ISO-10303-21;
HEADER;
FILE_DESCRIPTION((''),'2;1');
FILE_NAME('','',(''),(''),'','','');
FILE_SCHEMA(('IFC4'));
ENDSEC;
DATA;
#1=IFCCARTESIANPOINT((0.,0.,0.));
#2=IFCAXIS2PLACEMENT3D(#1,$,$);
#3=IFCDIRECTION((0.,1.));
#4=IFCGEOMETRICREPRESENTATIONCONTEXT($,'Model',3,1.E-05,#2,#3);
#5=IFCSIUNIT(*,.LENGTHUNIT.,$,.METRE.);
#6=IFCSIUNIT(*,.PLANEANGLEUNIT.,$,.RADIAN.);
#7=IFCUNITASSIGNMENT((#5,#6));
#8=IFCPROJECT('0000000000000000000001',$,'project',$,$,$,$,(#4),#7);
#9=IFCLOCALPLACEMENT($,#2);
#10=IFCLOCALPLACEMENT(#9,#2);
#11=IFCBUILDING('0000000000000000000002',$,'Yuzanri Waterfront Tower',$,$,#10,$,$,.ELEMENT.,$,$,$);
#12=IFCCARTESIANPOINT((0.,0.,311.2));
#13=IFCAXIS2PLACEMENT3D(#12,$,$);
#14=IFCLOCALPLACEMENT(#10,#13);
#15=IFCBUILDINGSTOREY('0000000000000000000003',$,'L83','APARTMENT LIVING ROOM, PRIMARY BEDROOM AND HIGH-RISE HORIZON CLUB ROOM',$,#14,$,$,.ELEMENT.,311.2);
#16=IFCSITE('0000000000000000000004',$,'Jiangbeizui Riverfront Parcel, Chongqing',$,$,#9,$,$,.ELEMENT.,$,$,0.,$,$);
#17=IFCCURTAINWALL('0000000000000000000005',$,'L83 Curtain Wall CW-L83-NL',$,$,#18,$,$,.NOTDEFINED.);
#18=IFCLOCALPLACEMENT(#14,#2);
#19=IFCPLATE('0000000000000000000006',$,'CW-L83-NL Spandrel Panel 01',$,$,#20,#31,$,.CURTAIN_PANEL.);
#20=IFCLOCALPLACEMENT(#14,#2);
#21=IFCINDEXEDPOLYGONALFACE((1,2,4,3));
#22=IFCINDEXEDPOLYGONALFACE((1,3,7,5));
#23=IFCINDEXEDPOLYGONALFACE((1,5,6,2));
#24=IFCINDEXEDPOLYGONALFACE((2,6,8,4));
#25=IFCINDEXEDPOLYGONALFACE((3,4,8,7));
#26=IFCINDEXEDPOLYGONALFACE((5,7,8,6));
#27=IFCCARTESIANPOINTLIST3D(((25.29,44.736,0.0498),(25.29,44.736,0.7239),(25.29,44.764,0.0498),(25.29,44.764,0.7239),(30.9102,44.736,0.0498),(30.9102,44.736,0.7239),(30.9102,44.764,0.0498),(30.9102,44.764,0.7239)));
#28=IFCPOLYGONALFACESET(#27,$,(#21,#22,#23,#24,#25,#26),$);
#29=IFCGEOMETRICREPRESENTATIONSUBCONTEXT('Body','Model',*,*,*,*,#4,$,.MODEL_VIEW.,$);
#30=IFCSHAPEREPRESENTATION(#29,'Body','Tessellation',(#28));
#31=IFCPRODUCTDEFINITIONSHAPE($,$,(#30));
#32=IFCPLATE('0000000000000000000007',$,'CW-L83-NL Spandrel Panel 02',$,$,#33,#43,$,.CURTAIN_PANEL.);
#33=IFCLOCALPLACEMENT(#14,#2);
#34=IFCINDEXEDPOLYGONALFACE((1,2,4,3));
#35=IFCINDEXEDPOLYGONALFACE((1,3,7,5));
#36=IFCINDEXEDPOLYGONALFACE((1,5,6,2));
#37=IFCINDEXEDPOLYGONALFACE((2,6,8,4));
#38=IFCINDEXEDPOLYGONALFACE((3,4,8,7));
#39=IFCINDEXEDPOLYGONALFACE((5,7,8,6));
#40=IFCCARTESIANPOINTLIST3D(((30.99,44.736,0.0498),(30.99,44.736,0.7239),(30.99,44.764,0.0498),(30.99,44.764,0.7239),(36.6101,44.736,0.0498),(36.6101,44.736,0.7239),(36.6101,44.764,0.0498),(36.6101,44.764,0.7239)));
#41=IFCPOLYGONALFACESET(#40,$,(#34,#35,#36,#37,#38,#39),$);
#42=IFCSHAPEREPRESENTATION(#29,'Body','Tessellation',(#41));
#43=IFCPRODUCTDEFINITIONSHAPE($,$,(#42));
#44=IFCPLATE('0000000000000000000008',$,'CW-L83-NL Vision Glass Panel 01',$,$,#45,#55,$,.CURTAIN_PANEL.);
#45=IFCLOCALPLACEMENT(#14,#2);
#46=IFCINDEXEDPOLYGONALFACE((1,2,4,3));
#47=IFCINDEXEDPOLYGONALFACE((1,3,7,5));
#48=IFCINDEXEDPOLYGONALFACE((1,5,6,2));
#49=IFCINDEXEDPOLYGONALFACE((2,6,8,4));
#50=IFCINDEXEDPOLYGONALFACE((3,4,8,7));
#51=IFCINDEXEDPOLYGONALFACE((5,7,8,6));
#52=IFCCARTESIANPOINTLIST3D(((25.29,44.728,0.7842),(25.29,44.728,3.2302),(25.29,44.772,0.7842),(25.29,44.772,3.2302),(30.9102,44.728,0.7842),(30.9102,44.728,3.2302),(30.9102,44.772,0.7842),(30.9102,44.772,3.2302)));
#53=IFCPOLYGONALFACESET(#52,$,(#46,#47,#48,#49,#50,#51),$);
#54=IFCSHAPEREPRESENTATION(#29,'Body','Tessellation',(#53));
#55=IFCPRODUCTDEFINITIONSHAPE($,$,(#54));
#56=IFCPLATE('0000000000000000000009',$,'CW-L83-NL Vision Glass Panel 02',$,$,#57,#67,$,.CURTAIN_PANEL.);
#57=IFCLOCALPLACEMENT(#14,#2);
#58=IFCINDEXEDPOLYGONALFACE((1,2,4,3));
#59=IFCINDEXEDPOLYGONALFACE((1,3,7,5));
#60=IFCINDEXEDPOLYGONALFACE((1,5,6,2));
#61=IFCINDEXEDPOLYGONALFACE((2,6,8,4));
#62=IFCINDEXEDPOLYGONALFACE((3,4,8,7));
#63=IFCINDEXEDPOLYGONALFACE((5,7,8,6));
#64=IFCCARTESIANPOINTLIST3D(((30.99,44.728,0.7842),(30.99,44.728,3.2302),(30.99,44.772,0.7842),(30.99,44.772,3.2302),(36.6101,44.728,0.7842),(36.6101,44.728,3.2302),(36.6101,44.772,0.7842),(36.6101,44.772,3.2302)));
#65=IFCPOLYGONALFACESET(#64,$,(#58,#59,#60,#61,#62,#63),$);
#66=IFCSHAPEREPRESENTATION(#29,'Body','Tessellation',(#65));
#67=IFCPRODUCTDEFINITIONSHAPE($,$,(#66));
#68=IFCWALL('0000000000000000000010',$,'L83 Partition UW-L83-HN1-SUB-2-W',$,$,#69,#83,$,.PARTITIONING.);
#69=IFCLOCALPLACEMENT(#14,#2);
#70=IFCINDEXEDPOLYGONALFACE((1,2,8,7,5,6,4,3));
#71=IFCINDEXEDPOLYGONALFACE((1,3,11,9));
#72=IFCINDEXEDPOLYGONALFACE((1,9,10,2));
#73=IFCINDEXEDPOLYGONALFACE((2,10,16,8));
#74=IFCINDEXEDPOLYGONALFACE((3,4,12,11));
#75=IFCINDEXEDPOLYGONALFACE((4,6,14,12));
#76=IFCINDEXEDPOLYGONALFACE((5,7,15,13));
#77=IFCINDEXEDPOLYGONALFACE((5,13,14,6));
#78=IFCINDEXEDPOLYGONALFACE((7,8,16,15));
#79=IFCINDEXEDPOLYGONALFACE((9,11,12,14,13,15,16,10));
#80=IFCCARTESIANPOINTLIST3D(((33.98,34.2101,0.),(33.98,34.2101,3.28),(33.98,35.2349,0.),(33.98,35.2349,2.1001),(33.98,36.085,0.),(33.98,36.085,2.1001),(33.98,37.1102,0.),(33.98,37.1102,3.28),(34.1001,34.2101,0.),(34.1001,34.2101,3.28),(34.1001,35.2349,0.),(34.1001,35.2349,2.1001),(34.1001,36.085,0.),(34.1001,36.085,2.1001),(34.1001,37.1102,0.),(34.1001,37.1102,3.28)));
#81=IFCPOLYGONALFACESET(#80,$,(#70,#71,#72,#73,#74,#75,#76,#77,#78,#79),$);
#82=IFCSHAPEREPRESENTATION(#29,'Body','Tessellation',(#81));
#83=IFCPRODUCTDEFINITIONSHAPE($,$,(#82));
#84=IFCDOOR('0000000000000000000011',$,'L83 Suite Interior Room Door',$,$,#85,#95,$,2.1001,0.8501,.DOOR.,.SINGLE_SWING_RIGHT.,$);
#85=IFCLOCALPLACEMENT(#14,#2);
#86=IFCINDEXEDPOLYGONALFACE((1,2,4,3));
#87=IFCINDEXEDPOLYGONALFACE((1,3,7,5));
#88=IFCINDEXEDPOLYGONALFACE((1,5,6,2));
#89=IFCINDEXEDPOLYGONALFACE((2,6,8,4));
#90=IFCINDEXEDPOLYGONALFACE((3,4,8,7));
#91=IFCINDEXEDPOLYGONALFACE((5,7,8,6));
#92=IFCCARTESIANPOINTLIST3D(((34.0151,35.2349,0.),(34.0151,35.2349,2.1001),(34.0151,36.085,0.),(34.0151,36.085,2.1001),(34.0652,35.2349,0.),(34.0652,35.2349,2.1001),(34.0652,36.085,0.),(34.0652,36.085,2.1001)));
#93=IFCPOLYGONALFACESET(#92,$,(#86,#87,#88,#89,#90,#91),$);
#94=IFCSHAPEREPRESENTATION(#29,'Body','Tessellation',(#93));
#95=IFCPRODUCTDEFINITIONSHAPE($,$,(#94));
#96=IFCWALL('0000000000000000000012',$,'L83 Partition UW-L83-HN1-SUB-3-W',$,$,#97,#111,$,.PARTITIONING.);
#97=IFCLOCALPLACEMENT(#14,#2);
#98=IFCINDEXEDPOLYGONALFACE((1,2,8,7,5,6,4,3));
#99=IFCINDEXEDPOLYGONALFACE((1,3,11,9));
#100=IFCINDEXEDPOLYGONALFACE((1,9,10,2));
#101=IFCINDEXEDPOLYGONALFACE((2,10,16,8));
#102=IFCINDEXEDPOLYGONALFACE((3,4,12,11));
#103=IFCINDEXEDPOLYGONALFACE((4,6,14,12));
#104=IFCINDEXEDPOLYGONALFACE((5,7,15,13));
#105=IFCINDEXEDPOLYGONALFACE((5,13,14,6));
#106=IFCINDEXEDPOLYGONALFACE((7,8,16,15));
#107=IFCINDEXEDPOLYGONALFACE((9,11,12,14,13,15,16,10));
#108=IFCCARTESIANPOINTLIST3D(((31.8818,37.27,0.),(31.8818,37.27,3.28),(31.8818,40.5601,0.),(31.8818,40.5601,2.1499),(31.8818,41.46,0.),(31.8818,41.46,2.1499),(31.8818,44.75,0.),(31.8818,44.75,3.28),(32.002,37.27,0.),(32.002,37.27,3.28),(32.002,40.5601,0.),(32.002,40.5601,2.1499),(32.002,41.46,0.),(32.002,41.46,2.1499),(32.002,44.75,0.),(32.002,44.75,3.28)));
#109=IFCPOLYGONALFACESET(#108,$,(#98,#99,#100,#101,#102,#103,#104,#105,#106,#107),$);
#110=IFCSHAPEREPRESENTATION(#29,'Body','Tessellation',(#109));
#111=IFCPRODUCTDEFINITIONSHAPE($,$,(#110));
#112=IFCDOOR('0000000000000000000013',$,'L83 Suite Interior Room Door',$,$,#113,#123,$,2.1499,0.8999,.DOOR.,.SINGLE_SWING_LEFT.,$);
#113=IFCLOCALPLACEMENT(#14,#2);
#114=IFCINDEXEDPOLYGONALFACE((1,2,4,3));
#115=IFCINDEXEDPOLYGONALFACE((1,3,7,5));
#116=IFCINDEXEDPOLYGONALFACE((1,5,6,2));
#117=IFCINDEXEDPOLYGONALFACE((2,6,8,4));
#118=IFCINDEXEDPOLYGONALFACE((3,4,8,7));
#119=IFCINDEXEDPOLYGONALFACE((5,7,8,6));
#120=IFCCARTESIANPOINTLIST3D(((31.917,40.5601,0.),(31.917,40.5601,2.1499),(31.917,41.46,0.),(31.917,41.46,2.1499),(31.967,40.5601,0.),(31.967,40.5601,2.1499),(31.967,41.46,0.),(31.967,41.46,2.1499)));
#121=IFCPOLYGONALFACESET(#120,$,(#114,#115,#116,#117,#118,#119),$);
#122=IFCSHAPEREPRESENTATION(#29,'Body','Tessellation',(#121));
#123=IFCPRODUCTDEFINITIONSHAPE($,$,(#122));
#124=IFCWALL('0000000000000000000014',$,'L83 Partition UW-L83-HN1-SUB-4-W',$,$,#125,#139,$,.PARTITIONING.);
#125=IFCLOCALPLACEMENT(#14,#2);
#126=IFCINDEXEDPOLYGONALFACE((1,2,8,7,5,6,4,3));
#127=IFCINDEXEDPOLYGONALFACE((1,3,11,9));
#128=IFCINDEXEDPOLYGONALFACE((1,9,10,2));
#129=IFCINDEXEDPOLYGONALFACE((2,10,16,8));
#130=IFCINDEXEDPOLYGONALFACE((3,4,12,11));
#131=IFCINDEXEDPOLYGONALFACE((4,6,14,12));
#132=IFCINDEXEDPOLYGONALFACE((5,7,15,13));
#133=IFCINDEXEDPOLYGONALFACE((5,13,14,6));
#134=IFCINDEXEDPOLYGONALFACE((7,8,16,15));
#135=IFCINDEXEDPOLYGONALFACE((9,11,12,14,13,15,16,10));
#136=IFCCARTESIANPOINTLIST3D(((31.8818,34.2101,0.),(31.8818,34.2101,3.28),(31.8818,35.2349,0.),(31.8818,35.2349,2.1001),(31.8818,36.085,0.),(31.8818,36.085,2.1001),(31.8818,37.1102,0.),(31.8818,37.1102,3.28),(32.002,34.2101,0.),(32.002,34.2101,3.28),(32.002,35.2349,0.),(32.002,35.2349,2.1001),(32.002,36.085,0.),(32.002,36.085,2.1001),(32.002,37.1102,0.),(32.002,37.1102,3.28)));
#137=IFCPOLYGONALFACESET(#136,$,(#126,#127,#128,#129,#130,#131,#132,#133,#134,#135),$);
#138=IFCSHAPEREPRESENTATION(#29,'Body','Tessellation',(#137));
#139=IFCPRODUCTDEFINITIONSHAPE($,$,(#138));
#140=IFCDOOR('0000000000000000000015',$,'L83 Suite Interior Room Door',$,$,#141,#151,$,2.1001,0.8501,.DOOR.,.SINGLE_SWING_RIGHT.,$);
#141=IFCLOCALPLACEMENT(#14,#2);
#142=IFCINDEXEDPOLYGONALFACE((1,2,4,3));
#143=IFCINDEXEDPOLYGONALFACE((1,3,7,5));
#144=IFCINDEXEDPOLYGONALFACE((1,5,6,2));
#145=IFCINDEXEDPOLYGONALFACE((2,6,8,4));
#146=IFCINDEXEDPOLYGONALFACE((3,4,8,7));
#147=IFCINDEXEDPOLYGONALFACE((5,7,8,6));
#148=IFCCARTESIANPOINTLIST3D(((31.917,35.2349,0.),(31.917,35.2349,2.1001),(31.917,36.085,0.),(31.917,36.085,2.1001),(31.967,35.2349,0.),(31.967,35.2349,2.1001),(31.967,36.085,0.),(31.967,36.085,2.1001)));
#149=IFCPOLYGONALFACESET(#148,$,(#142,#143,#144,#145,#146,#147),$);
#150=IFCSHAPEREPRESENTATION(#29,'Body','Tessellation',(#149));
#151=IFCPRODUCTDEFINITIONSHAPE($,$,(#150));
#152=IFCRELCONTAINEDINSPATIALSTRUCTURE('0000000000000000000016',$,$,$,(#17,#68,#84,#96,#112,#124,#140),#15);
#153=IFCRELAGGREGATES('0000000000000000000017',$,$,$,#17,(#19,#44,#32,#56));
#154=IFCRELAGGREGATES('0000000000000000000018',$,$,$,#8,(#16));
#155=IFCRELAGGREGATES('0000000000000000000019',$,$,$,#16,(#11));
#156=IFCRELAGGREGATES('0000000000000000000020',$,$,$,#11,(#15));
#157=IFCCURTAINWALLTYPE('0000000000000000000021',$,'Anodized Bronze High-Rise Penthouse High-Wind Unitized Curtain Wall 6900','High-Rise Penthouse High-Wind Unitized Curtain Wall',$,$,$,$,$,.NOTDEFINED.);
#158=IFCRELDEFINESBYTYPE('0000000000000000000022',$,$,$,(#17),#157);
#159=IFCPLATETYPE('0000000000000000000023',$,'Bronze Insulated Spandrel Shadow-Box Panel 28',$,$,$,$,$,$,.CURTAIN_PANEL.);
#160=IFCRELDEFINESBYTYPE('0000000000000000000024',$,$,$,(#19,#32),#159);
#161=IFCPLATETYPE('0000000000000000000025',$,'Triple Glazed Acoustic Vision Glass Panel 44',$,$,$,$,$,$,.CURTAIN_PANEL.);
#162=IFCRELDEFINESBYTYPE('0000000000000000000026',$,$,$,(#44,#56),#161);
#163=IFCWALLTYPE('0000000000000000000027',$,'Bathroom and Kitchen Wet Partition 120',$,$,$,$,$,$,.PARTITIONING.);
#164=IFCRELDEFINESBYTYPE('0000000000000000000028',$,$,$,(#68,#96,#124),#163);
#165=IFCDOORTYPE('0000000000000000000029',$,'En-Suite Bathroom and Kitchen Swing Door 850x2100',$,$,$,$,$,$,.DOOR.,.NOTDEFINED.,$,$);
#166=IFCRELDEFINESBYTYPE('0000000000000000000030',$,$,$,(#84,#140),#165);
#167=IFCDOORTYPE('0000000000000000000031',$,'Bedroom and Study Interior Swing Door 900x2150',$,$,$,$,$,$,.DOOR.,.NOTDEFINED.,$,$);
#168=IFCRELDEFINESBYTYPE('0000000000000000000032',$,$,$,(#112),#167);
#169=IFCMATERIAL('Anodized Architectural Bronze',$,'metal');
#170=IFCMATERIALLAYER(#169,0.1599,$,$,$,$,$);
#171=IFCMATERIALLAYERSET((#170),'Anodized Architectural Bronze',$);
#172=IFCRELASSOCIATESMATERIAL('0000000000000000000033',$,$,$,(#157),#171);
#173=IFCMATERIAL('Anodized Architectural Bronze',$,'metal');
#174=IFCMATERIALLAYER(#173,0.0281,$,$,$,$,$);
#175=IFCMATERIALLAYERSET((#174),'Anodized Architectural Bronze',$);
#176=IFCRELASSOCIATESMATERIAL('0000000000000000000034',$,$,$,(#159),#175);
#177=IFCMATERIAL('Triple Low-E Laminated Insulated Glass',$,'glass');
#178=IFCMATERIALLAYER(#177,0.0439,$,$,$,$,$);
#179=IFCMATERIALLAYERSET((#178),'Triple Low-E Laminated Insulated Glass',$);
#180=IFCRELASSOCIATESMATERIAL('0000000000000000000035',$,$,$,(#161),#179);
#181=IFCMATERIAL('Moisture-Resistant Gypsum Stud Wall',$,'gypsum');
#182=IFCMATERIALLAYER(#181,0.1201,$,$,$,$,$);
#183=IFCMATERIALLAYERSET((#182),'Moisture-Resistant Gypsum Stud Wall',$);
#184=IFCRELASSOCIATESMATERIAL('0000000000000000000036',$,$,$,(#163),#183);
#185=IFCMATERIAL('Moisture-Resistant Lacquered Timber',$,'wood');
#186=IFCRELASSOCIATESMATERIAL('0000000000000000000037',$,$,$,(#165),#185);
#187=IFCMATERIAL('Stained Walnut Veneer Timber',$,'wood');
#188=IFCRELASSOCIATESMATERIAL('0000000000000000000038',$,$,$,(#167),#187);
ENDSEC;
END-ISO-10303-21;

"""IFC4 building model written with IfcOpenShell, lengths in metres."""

from ifc_helpers import new_model, si_unit, direction, frame, frame_2d, origin, origin_2d, place, context, subcontext, project, spatial, rectangle, extrude, source, transform, mapped, material, layer, layer_set, type_object, element, fill, aggregate, save


model = new_model("IFC4")

# Units and contexts
model_context = context("Model", 3, precision=1e-05, world=origin(), true_north=direction((0.0, 1.0)))
body_context = subcontext(model_context, "Body", "Model", "MODEL_VIEW")
ifc_project = project(units=[si_unit("LENGTHUNIT", "METRE"), si_unit("PLANEANGLEUNIT", "RADIAN")], contexts=[model_context])

# Site, building, storey
site_placement = place(None, origin())
site = spatial("IfcSite", under=ifc_project, at=site_placement, Name="Jiangbeizui Riverfront Parcel, Chongqing", CompositionType="ELEMENT", RefElevation=0.0)
building_placement = place(site_placement, origin())
building = spatial("IfcBuilding", under=site, at=building_placement, Name="Yuzanri Waterfront Tower", CompositionType="ELEMENT")
storey_placement = place(building_placement, frame((0.0, 0.0, 311.2)))
storey = spatial("IfcBuildingStorey", under=building, at=storey_placement, Name="L83", Description="APARTMENT LIVING ROOM, PRIMARY BEDROOM AND HIGH-RISE HORIZON CLUB ROOM", CompositionType="ELEMENT", Elevation=311.2)

# Curtain wall, plates
ifc_material_1 = material(Name="Anodized Architectural Bronze", Category="metal")
ifc_layer_1 = layer(ifc_material_1, 0.1599)
ifc_layer_set_1 = layer_set([ifc_layer_1], Name="Anodized Architectural Bronze")
curtain_wall_type = type_object("IfcCurtainWallType", Name="Anodized Bronze High-Rise Penthouse High-Wind Unitized Curtain Wall 6900", Description="High-Rise Penthouse High-Wind Unitized Curtain Wall", PredefinedType="NOTDEFINED", material=ifc_layer_set_1)
curtain_wall_placement = place(storey_placement, origin())
curtain_wall = element("IfcCurtainWall", 1, at=curtain_wall_placement, inside=storey, type_object=curtain_wall_type, Name="L83 Curtain Wall CW-L83-NL", PredefinedType="NOTDEFINED")
ifc_material_2 = material(Name="Anodized Architectural Bronze", Category="metal")
ifc_layer_2 = layer(ifc_material_2, 0.0281)
ifc_layer_set_2 = layer_set([ifc_layer_2], Name="Anodized Architectural Bronze")
plate_type_1 = type_object("IfcPlateType", Name="Bronze Insulated Spandrel Shadow-Box Panel 28", PredefinedType="CURTAIN_PANEL", material=ifc_layer_set_2)
shared_shape_1 = source(origin(), body_context, "Body", "SweptSolid", [
    extrude(rectangle(XDim=5.6201, YDim=0.0281, at=origin_2d()), origin(), (0.0, 0.0, 1.0), 0.6741),
])
plate_1_placement = place(storey_placement, frame((28.1001, 44.75, 0.0498), z_axis=(0.0, 0.0, 1.0), x_axis=(1.0, 0.0, 0.0)))
plate_1 = element("IfcPlate", 2, at=plate_1_placement, type_object=plate_type_1, Name="CW-L83-NL Spandrel Panel 01", PredefinedType="CURTAIN_PANEL", context=body_context, shape_type="MappedRepresentation", body=[
    mapped(shared_shape_1, transform((0.0, 0.0, 0.0), scale=1.0)),
])
plate_2_placement = place(storey_placement, frame((33.8, 44.75, 0.0498), z_axis=(0.0, 0.0, 1.0), x_axis=(1.0, 0.0, 0.0)))
plate_2 = element("IfcPlate", 3, at=plate_2_placement, type_object=plate_type_1, Name="CW-L83-NL Spandrel Panel 02", PredefinedType="CURTAIN_PANEL", context=body_context, shape_type="MappedRepresentation", body=[
    mapped(shared_shape_1, transform((0.0, 0.0, 0.0), scale=1.0)),
])
ifc_material_3 = material(Name="Triple Low-E Laminated Insulated Glass", Category="glass")
ifc_layer_3 = layer(ifc_material_3, 0.0439)
ifc_layer_set_3 = layer_set([ifc_layer_3], Name="Triple Low-E Laminated Insulated Glass")
plate_type_2 = type_object("IfcPlateType", Name="Triple Glazed Acoustic Vision Glass Panel 44", PredefinedType="CURTAIN_PANEL", material=ifc_layer_set_3)
shared_shape_2 = source(origin(), body_context, "Body", "SweptSolid", [
    extrude(rectangle(XDim=5.6201, YDim=0.0439, at=origin_2d()), origin(), (0.0, 0.0, 1.0), 2.446),
])
plate_3_placement = place(storey_placement, frame((28.1001, 44.75, 0.7842), z_axis=(0.0, 0.0, 1.0), x_axis=(1.0, 0.0, 0.0)))
plate_3 = element("IfcPlate", 4, at=plate_3_placement, type_object=plate_type_2, Name="CW-L83-NL Vision Glass Panel 01", PredefinedType="CURTAIN_PANEL", context=body_context, shape_type="MappedRepresentation", body=[
    mapped(shared_shape_2, transform((0.0, 0.0, 0.0), scale=1.0)),
])
plate_4_placement = place(storey_placement, frame((33.8, 44.75, 0.7842), z_axis=(0.0, 0.0, 1.0), x_axis=(1.0, 0.0, 0.0)))
plate_4 = element("IfcPlate", 5, at=plate_4_placement, type_object=plate_type_2, Name="CW-L83-NL Vision Glass Panel 02", PredefinedType="CURTAIN_PANEL", context=body_context, shape_type="MappedRepresentation", body=[
    mapped(shared_shape_2, transform((0.0, 0.0, 0.0), scale=1.0)),
])
aggregate(curtain_wall, [plate_1, plate_3, plate_2, plate_4])

# Walls, openings, doors
ifc_material_4 = material(Name="Moisture-Resistant Gypsum Stud Wall", Category="gypsum")
ifc_layer_4 = layer(ifc_material_4, 0.1201)
ifc_layer_set_4 = layer_set([ifc_layer_4], Name="Moisture-Resistant Gypsum Stud Wall")
wall_type = type_object("IfcWallType", Name="Bathroom and Kitchen Wet Partition 120", PredefinedType="PARTITIONING", material=ifc_layer_set_4)
wall_1_placement = place(storey_placement, frame((34.04, 34.21, 0.0), z_axis=(0.0, 0.0, 1.0), x_axis=(0.0, 1.0, 0.0)))
wall_1 = element("IfcWall", 6, at=wall_1_placement, inside=storey, type_object=wall_type, Name="L83 Partition UW-L83-HN1-SUB-2-W", PredefinedType="PARTITIONING", context=body_context, shape_type="SweptSolid", body=[
    extrude(rectangle(XDim=2.9001, YDim=0.1201, at=frame_2d((1.4502, 0.0))), origin(), (0.0, 0.0, 1.0), 3.28),
])
opening_1_placement = place(wall_1_placement, frame((1.0249, 0.0, 0.0)))
opening_1 = element("IfcOpeningElement", 7, at=opening_1_placement, cuts=wall_1, PredefinedType="OPENING", context=body_context, shape_type="SweptSolid", body=[
    extrude(rectangle(XDim=0.8501, YDim=2.1001, at=frame_2d((0.425, 1.05))), frame((0.0, 0.075, 0.0), z_axis=(0.0, -1.0, 0.0), x_axis=(1.0, 0.0, 0.0)), (0.0, 0.0, 1.0), 0.1499),
])
ifc_material_5 = material(Name="Moisture-Resistant Lacquered Timber", Category="wood")
door_type_1 = type_object("IfcDoorType", Name="En-Suite Bathroom and Kitchen Swing Door 850x2100", OperationType="NOTDEFINED", PredefinedType="DOOR", material=ifc_material_5)
shared_shape_3 = source(origin(), body_context, "Body", "SweptSolid", [
    extrude(rectangle(XDim=0.8501, YDim=2.1001, at=frame_2d((0.425, 1.05))), frame((0.0, 0.0249, 0.0), z_axis=(0.0, -1.0, 0.0), x_axis=(1.0, 0.0, 0.0)), (0.0, 0.0, 1.0), 0.05),
])
door_1_placement = place(opening_1_placement, origin())
door_1 = element("IfcDoor", 8, at=door_1_placement, inside=storey, type_object=door_type_1, Name="L83 Suite Interior Room Door", OperationType="SINGLE_SWING_RIGHT", OverallHeight=2.1001, OverallWidth=0.8501, PredefinedType="DOOR", context=body_context, shape_type="MappedRepresentation", body=[
    mapped(shared_shape_3, transform((0.0, 0.0, 0.0), scale=1.0)),
])
fill(opening_1, door_1)
wall_2_placement = place(storey_placement, frame((31.9419, 37.27, 0.0), z_axis=(0.0, 0.0, 1.0), x_axis=(0.0, 1.0, 0.0)))
wall_2 = element("IfcWall", 9, at=wall_2_placement, inside=storey, type_object=wall_type, Name="L83 Partition UW-L83-HN1-SUB-3-W", PredefinedType="PARTITIONING", context=body_context, shape_type="SweptSolid", body=[
    extrude(rectangle(XDim=7.48, YDim=0.1201, at=frame_2d((3.74, 0.0))), origin(), (0.0, 0.0, 1.0), 3.28),
])
opening_2_placement = place(wall_2_placement, frame((3.29, 0.0, 0.0)))
opening_2 = element("IfcOpeningElement", 10, at=opening_2_placement, cuts=wall_2, PredefinedType="OPENING", context=body_context, shape_type="SweptSolid", body=[
    extrude(rectangle(XDim=0.8999, YDim=2.1499, at=frame_2d((0.45, 1.075))), frame((0.0, 0.075, 0.0), z_axis=(0.0, -1.0, 0.0), x_axis=(1.0, 0.0, 0.0)), (0.0, 0.0, 1.0), 0.1499),
])
ifc_material_6 = material(Name="Stained Walnut Veneer Timber", Category="wood")
door_type_2 = type_object("IfcDoorType", Name="Bedroom and Study Interior Swing Door 900x2150", OperationType="NOTDEFINED", PredefinedType="DOOR", material=ifc_material_6)
shared_shape_4 = source(origin(), body_context, "Body", "SweptSolid", [
    extrude(rectangle(XDim=0.8999, YDim=2.1499, at=frame_2d((0.45, 1.075))), frame((0.0, 0.0249, 0.0), z_axis=(0.0, -1.0, 0.0), x_axis=(1.0, 0.0, 0.0)), (0.0, 0.0, 1.0), 0.05),
])
door_2_placement = place(opening_2_placement, origin())
door_2 = element("IfcDoor", 11, at=door_2_placement, inside=storey, type_object=door_type_2, Name="L83 Suite Interior Room Door", OperationType="SINGLE_SWING_LEFT", OverallHeight=2.1499, OverallWidth=0.8999, PredefinedType="DOOR", context=body_context, shape_type="MappedRepresentation", body=[
    mapped(shared_shape_4, transform((0.0, 0.0, 0.0), scale=1.0)),
])
fill(opening_2, door_2)
wall_3_placement = place(storey_placement, frame((31.9419, 34.21, 0.0), z_axis=(0.0, 0.0, 1.0), x_axis=(0.0, 1.0, 0.0)))
wall_3 = element("IfcWall", 12, at=wall_3_placement, inside=storey, type_object=wall_type, Name="L83 Partition UW-L83-HN1-SUB-4-W", PredefinedType="PARTITIONING", context=body_context, shape_type="SweptSolid", body=[
    extrude(rectangle(XDim=2.9001, YDim=0.1201, at=frame_2d((1.4502, 0.0))), origin(), (0.0, 0.0, 1.0), 3.28),
])
opening_3_placement = place(wall_3_placement, frame((1.0249, 0.0, 0.0)))
opening_3 = element("IfcOpeningElement", 13, at=opening_3_placement, cuts=wall_3, PredefinedType="OPENING", context=body_context, shape_type="SweptSolid", body=[
    extrude(rectangle(XDim=0.8501, YDim=2.1001, at=frame_2d((0.425, 1.05))), frame((0.0, 0.075, 0.0), z_axis=(0.0, -1.0, 0.0), x_axis=(1.0, 0.0, 0.0)), (0.0, 0.0, 1.0), 0.1499),
])
door_3_placement = place(opening_3_placement, origin())
door_3 = element("IfcDoor", 14, at=door_3_placement, inside=storey, type_object=door_type_1, Name="L83 Suite Interior Room Door", OperationType="SINGLE_SWING_RIGHT", OverallHeight=2.1001, OverallWidth=0.8501, PredefinedType="DOOR", context=body_context, shape_type="MappedRepresentation", body=[
    mapped(shared_shape_3, transform((0.0, 0.0, 0.0), scale=1.0)),
])
fill(opening_3, door_3)

save(model, "model.ifc")
